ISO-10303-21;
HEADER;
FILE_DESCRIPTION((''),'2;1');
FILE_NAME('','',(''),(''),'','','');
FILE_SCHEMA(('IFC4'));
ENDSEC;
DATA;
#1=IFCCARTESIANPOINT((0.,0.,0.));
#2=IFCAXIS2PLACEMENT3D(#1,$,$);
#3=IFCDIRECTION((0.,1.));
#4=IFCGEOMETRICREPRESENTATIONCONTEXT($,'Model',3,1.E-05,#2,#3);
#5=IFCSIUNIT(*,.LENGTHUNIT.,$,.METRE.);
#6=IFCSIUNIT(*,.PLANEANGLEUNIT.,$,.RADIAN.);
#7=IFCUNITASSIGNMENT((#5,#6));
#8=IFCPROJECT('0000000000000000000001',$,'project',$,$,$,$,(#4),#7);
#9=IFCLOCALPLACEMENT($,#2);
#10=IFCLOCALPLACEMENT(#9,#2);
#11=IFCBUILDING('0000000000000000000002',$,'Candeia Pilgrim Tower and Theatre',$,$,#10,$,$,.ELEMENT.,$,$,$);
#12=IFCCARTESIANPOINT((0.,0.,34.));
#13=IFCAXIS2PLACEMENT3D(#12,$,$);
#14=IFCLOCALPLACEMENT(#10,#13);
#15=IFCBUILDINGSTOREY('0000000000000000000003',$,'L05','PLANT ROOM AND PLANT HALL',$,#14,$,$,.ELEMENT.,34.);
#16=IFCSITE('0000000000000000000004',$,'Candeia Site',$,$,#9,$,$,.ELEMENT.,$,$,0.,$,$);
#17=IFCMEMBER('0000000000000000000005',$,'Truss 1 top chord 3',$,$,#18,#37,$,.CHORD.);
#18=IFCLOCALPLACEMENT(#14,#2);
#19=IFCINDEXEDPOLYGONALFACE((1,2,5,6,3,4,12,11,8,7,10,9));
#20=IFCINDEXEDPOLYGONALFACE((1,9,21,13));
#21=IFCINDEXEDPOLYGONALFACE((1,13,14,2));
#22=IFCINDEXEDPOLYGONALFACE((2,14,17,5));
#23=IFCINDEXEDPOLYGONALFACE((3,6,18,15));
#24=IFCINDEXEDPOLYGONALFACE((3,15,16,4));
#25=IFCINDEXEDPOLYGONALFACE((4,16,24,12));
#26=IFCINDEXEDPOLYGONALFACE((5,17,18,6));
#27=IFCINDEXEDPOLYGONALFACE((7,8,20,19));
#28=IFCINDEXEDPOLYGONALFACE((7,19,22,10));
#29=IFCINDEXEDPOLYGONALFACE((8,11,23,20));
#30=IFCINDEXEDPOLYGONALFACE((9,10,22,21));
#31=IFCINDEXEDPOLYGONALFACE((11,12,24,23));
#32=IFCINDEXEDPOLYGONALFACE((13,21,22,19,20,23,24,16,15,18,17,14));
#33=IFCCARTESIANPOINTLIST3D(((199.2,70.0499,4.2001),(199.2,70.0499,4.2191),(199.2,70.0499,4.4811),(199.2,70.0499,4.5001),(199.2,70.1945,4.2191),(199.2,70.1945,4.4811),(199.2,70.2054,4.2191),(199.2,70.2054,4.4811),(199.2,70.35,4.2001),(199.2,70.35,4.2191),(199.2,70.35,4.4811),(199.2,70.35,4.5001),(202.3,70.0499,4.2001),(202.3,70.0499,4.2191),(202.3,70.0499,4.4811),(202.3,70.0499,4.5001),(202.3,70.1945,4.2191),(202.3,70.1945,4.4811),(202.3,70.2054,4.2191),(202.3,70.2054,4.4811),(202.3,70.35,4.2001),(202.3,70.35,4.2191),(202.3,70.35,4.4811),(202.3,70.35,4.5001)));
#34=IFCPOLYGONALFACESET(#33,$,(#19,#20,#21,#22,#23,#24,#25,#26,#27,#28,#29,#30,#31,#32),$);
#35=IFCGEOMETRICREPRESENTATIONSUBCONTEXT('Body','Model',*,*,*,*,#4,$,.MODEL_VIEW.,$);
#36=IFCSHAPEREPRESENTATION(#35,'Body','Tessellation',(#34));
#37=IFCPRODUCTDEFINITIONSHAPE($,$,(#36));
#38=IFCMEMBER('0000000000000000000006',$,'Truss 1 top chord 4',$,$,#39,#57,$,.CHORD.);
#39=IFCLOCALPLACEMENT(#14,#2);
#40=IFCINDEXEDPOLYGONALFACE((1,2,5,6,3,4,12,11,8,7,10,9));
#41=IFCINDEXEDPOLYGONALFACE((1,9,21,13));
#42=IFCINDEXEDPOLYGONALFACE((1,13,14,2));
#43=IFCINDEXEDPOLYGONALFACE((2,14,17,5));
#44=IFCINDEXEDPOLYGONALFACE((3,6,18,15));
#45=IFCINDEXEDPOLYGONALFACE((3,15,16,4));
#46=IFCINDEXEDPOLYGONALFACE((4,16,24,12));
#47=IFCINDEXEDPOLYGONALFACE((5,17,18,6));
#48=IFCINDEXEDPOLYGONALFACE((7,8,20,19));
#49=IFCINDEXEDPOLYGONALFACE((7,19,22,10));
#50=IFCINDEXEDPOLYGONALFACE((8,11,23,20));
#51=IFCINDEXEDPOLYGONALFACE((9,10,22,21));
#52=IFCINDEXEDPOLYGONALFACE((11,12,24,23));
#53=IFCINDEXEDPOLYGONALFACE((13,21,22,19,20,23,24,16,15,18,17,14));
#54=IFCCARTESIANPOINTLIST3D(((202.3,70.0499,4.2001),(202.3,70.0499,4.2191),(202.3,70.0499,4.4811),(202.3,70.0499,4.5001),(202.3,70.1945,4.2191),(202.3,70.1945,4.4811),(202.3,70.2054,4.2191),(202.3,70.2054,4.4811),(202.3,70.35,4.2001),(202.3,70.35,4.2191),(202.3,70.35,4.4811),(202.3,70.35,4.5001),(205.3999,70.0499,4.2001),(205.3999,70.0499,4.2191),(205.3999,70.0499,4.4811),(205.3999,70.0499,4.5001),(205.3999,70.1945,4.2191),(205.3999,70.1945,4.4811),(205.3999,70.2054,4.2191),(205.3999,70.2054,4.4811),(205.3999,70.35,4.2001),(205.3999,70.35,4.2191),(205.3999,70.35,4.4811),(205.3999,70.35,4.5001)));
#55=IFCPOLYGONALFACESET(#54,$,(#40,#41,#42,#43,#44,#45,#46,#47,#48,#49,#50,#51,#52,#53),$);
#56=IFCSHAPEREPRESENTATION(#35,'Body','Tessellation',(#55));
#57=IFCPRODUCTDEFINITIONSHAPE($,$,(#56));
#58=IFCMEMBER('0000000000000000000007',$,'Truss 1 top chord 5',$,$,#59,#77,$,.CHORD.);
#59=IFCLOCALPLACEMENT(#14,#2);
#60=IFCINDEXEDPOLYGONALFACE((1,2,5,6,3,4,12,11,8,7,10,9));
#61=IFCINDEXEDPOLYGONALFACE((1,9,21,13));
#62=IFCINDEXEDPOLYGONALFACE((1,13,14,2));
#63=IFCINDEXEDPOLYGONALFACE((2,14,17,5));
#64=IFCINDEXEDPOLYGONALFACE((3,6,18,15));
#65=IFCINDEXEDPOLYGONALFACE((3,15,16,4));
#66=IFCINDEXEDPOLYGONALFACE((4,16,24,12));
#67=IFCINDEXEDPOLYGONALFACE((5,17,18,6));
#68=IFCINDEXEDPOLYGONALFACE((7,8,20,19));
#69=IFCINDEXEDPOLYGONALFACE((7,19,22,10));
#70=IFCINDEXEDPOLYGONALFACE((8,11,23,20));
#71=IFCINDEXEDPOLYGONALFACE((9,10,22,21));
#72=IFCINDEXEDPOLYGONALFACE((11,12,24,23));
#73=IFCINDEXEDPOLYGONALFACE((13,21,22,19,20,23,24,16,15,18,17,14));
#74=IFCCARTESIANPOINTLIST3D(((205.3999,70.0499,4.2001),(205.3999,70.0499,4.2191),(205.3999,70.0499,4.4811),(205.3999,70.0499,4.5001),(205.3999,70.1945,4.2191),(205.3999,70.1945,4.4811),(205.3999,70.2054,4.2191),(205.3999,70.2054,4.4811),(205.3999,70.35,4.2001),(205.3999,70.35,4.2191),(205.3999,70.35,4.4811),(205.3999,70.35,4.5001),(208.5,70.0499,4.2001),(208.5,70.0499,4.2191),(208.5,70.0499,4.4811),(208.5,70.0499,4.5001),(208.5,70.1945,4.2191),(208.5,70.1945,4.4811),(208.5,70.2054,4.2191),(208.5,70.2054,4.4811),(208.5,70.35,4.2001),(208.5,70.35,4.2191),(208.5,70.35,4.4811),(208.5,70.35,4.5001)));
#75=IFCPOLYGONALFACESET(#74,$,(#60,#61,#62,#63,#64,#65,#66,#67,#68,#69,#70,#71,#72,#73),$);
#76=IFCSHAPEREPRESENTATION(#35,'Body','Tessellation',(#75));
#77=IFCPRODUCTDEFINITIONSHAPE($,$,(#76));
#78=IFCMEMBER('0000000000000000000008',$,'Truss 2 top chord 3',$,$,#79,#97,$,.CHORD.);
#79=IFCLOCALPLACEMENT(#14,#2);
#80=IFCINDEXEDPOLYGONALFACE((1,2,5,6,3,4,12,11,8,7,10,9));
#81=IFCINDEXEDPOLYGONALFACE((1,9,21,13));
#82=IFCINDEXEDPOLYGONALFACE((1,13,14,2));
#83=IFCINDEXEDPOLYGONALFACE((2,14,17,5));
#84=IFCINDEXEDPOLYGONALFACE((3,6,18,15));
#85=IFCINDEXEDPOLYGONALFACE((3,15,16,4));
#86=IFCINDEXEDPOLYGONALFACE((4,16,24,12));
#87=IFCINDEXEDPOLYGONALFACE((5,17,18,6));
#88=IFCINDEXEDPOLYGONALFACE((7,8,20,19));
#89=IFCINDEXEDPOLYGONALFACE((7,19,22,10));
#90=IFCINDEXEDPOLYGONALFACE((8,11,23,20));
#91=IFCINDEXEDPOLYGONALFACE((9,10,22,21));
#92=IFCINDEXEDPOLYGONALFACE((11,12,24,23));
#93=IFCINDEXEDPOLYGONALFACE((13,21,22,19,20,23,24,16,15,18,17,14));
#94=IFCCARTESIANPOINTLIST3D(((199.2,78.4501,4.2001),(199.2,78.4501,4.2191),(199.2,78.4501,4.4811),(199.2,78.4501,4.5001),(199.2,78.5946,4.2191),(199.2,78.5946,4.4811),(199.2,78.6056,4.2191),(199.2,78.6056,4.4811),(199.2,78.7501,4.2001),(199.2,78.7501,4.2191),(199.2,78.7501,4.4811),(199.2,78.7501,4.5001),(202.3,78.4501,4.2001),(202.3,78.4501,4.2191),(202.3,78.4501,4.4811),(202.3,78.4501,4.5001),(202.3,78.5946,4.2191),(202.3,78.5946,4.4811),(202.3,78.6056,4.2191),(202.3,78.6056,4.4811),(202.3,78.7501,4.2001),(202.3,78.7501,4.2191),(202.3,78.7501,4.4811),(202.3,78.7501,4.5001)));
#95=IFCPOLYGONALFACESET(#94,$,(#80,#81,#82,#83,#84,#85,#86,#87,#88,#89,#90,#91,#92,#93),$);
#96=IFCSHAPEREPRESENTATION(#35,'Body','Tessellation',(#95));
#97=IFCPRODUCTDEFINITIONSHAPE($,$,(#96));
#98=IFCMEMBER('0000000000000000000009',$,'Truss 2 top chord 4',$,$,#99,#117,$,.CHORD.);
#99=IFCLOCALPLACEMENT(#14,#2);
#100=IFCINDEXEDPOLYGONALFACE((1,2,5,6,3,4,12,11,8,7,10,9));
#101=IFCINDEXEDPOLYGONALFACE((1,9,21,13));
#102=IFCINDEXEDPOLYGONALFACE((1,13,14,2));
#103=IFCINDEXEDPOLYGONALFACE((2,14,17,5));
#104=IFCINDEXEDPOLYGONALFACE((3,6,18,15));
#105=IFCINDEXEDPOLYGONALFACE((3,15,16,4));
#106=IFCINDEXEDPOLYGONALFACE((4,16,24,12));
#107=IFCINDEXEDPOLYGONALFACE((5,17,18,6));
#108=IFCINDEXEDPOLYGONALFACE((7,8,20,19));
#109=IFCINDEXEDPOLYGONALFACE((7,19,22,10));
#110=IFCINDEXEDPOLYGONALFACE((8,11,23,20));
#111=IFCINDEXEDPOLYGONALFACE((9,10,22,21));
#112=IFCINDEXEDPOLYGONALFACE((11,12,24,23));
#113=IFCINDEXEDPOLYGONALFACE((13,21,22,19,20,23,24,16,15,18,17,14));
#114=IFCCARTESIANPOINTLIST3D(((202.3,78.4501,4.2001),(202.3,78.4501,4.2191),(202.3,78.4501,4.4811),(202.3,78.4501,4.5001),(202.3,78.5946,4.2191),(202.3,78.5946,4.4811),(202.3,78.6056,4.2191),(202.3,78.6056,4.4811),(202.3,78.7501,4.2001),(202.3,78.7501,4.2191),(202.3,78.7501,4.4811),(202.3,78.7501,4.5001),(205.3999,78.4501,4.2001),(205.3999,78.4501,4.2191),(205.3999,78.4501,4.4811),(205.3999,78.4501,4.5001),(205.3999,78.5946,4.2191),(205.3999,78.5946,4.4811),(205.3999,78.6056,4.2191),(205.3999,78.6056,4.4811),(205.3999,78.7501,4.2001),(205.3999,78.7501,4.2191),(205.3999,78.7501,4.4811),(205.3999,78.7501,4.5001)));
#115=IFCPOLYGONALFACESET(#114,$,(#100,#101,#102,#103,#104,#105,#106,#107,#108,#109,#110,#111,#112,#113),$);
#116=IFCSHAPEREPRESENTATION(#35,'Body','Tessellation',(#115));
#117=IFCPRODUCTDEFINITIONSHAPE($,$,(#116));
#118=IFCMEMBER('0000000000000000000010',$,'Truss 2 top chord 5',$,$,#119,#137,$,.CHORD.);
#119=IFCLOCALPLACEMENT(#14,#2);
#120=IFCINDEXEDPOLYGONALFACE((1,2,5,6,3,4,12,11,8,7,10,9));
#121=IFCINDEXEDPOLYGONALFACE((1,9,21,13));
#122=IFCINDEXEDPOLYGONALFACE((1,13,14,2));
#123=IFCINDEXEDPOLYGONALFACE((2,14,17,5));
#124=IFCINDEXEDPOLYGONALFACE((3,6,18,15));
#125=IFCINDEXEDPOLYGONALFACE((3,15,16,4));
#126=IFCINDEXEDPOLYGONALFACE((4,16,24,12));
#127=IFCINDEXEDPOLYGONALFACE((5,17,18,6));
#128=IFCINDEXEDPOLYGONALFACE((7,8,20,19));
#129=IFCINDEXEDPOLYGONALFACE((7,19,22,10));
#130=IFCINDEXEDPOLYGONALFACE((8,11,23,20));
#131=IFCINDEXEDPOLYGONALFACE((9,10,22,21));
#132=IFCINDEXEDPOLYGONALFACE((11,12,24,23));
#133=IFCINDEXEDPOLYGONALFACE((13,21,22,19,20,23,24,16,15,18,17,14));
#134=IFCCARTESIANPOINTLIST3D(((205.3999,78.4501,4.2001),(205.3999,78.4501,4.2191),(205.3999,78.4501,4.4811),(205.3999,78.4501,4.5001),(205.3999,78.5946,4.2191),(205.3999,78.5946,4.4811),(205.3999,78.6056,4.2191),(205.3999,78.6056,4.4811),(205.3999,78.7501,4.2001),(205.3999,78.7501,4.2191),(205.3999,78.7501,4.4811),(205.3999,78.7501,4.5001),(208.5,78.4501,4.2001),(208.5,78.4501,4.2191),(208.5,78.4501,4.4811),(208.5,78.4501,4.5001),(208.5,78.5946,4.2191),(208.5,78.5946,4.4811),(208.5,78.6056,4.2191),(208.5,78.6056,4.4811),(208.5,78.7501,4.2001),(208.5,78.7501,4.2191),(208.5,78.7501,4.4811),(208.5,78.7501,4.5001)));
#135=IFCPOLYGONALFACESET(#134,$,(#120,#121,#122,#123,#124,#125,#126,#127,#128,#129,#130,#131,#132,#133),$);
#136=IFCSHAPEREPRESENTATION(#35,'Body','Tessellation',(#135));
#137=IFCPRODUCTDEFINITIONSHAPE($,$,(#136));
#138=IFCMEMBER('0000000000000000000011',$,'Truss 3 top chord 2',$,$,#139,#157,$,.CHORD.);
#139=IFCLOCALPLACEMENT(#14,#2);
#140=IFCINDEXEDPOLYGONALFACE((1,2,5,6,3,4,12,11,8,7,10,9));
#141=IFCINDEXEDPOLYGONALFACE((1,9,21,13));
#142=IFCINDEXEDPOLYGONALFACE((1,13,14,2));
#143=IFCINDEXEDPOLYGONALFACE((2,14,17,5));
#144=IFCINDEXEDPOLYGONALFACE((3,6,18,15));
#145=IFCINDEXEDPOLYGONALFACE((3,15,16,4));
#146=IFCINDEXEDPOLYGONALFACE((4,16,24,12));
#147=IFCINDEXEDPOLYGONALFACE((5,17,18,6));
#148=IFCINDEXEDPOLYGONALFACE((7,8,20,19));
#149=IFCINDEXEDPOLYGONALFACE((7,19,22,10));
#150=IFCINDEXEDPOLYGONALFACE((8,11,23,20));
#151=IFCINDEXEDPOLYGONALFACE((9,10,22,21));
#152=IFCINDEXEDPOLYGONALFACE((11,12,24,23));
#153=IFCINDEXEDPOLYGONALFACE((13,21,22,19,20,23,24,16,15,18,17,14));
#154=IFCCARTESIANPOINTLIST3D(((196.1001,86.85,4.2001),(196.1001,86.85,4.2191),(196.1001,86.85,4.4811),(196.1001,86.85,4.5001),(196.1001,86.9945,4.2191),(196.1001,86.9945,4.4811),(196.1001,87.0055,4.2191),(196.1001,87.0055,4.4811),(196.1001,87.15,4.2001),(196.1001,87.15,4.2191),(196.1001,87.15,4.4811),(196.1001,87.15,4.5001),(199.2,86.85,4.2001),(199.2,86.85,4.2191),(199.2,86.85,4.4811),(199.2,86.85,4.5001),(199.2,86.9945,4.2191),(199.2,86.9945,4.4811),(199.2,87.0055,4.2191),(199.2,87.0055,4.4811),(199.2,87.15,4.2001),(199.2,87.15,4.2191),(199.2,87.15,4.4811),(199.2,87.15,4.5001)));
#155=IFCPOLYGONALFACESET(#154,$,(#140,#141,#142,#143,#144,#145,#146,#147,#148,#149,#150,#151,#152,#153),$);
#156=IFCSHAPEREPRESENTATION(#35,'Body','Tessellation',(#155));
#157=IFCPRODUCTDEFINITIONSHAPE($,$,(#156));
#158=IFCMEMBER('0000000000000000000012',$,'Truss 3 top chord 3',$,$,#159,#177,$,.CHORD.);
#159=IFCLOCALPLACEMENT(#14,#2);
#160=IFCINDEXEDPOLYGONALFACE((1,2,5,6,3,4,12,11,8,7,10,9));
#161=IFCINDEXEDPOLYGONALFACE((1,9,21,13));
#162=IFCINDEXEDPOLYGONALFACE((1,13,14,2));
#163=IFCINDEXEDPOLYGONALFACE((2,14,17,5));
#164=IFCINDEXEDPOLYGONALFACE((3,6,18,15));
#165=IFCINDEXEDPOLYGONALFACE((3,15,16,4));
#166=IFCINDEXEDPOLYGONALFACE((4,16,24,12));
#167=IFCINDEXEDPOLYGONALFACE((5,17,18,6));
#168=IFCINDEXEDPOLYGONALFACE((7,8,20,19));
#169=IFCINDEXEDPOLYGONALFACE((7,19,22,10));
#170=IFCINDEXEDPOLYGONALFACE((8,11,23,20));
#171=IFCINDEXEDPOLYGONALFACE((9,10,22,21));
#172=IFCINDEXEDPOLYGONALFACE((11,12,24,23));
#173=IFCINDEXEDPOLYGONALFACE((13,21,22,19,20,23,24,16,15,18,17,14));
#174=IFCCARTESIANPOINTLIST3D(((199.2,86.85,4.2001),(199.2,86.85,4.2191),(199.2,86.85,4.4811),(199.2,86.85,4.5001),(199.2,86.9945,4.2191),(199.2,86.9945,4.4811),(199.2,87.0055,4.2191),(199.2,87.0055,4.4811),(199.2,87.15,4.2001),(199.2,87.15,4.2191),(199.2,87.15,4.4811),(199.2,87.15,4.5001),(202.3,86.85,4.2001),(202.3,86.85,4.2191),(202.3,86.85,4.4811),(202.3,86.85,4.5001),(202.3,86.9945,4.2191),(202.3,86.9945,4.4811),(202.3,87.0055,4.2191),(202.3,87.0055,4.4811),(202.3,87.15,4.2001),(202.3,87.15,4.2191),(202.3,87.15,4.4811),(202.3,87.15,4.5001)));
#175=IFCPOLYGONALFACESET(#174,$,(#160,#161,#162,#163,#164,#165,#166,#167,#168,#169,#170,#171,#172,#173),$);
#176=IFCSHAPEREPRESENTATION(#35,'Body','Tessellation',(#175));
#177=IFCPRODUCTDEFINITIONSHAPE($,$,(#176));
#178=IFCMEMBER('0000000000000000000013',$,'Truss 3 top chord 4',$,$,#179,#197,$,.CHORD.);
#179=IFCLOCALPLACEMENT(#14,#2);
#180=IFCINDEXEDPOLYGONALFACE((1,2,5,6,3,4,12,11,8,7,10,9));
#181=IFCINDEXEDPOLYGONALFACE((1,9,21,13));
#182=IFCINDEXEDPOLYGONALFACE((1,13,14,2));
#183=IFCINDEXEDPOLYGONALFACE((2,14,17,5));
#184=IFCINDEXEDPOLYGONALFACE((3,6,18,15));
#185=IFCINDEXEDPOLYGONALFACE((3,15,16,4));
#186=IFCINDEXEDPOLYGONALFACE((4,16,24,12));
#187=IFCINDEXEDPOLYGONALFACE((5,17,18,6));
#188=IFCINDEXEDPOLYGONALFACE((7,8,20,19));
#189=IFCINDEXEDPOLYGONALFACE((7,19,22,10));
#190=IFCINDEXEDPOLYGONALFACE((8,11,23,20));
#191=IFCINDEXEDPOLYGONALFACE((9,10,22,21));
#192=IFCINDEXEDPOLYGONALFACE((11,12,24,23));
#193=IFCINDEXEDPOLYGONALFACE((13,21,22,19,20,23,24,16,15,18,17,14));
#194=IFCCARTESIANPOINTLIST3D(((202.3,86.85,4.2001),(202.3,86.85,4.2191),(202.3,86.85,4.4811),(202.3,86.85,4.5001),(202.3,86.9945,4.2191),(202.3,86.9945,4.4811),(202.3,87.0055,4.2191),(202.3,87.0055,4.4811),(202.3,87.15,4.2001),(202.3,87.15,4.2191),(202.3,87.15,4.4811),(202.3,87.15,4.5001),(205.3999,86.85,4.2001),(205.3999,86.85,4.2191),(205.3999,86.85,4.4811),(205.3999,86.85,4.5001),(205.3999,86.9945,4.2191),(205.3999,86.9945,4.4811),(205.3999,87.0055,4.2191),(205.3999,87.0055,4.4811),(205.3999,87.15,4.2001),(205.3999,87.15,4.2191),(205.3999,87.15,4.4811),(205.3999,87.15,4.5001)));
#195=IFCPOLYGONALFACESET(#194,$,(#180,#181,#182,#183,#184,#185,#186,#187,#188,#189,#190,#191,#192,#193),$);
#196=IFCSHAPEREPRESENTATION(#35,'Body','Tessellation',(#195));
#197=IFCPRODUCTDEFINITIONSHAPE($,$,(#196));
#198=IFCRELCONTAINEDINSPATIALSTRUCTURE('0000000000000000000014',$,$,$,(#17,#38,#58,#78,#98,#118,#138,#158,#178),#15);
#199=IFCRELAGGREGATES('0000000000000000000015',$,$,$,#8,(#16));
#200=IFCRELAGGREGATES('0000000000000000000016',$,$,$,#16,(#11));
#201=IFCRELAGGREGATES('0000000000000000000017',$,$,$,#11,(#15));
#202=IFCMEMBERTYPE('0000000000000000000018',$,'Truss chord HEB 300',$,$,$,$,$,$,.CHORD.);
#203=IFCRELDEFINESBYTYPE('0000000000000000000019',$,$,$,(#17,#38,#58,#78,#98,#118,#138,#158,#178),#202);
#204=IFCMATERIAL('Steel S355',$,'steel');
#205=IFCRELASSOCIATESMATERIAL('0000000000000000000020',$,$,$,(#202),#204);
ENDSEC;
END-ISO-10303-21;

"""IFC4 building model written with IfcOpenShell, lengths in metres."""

from ifc_helpers import new_model, si_unit, direction, frame, origin, origin_2d, place, context, subcontext, project, spatial, i_section, extrude, material, material_profile, profile_set, type_object, element, save


model = new_model("IFC4")

# Units and contexts
model_context = context("Model", 3, precision=1e-05, world=origin(), true_north=direction((0.0, 1.0)))
body_context = subcontext(model_context, "Body", "Model", "MODEL_VIEW")
ifc_project = project(units=[si_unit("LENGTHUNIT", "METRE"), si_unit("PLANEANGLEUNIT", "RADIAN")], contexts=[model_context])

# Site, building, storey
site_placement = place(None, origin())
site = spatial("IfcSite", under=ifc_project, at=site_placement, Name="Candeia Site", CompositionType="ELEMENT", RefElevation=0.0)
building_placement = place(site_placement, origin())
building = spatial("IfcBuilding", under=site, at=building_placement, Name="Candeia Pilgrim Tower and Theatre", CompositionType="ELEMENT")
storey_placement = place(building_placement, frame((0.0, 0.0, 34.0)))
storey = spatial("IfcBuildingStorey", under=building, at=storey_placement, Name="L05", Description="PLANT ROOM AND PLANT HALL", CompositionType="ELEMENT", Elevation=34.0)

# Members
ifc_material = material(Name="Steel S355", Category="steel")
ifc_material_profile_1 = material_profile(ifc_material, i_section(OverallWidth=0.3, OverallDepth=0.3, WebThickness=0.011, FlangeThickness=0.019, at=origin_2d()))
ifc_profile_set_1 = profile_set([ifc_material_profile_1], Name="Steel S355")
member_type_1 = type_object("IfcMemberType", Name="Truss chord HEB 300", PredefinedType="CHORD", material=ifc_profile_set_1)
member_1_placement = place(storey_placement, frame((199.2, 70.2, 4.3501), z_axis=(1.0, 0.0, 0.0), x_axis=(0.0, 1.0, 0.0)))
element("IfcMember", 1, at=member_1_placement, inside=storey, type_object=member_type_1, Name="Truss 1 top chord 3", PredefinedType="CHORD", context=body_context, shape_type="SweptSolid", body=[
    extrude(i_section(OverallWidth=0.3, OverallDepth=0.3, WebThickness=0.011, FlangeThickness=0.019, at=origin_2d()), origin(), (0.0, 0.0, 1.0), 3.1001),
])
member_2_placement = place(storey_placement, frame((202.3, 70.2, 4.3501), z_axis=(1.0, 0.0, 0.0), x_axis=(0.0, 1.0, 0.0)))
element("IfcMember", 2, at=member_2_placement, inside=storey, type_object=member_type_1, Name="Truss 1 top chord 4", PredefinedType="CHORD", context=body_context, shape_type="SweptSolid", body=[
    extrude(i_section(OverallWidth=0.3, OverallDepth=0.3, WebThickness=0.011, FlangeThickness=0.019, at=origin_2d()), origin(), (0.0, 0.0, 1.0), 3.0999),
])
for number, where, z_axis, x_axis, name in (
    (3, (205.3999, 70.2, 4.3501), (1.0, 0.0, 0.0), (0.0, 1.0, 0.0), "Truss 1 top chord 5"),
    (4, (199.2, 78.6001, 4.3501), (1.0, 0.0, 0.0), (0.0, 1.0, 0.0), "Truss 2 top chord 3"),
):
    element("IfcMember", number, at=place(storey_placement, frame(where, z_axis=z_axis, x_axis=x_axis)), inside=storey, type_object=member_type_1, Name=name, PredefinedType="CHORD", context=body_context, shape_type="SweptSolid", body=[
        extrude(i_section(OverallWidth=0.3, OverallDepth=0.3, WebThickness=0.011, FlangeThickness=0.019, at=origin_2d()), origin(), (0.0, 0.0, 1.0), 3.1001),
    ])
member_3_placement = place(storey_placement, frame((202.3, 78.6001, 4.3501), z_axis=(1.0, 0.0, 0.0), x_axis=(0.0, 1.0, 0.0)))
element("IfcMember", 5, at=member_3_placement, inside=storey, type_object=member_type_1, Name="Truss 2 top chord 4", PredefinedType="CHORD", context=body_context, shape_type="SweptSolid", body=[
    extrude(i_section(OverallWidth=0.3, OverallDepth=0.3, WebThickness=0.011, FlangeThickness=0.019, at=origin_2d()), origin(), (0.0, 0.0, 1.0), 3.0999),
])
member_4_placement = place(storey_placement, frame((205.3999, 78.6001, 4.3501), z_axis=(1.0, 0.0, 0.0), x_axis=(0.0, 1.0, 0.0)))
element("IfcMember", 6, at=member_4_placement, inside=storey, type_object=member_type_1, Name="Truss 2 top chord 5", PredefinedType="CHORD", context=body_context, shape_type="SweptSolid", body=[
    extrude(i_section(OverallWidth=0.3, OverallDepth=0.3, WebThickness=0.011, FlangeThickness=0.019, at=origin_2d()), origin(), (0.0, 0.0, 1.0), 3.1001),
])
member_5_placement = place(storey_placement, frame((196.1001, 87.0, 4.3501), z_axis=(1.0, 0.0, 0.0), x_axis=(0.0, 1.0, 0.0)))
element("IfcMember", 7, at=member_5_placement, inside=storey, type_object=member_type_1, Name="Truss 3 top chord 2", PredefinedType="CHORD", context=body_context, shape_type="SweptSolid", body=[
    extrude(i_section(OverallWidth=0.3, OverallDepth=0.3, WebThickness=0.011, FlangeThickness=0.019, at=origin_2d()), origin(), (0.0, 0.0, 1.0), 3.0999),
])
member_6_placement = place(storey_placement, frame((199.2, 87.0, 4.3501), z_axis=(1.0, 0.0, 0.0), x_axis=(0.0, 1.0, 0.0)))
element("IfcMember", 8, at=member_6_placement, inside=storey, type_object=member_type_1, Name="Truss 3 top chord 3", PredefinedType="CHORD", context=body_context, shape_type="SweptSolid", body=[
    extrude(i_section(OverallWidth=0.3, OverallDepth=0.3, WebThickness=0.011, FlangeThickness=0.019, at=origin_2d()), origin(), (0.0, 0.0, 1.0), 3.1001),
])
member_7_placement = place(storey_placement, frame((202.3, 87.0, 4.3501), z_axis=(1.0, 0.0, 0.0), x_axis=(0.0, 1.0, 0.0)))
element("IfcMember", 9, at=member_7_placement, inside=storey, type_object=member_type_1, Name="Truss 3 top chord 4", PredefinedType="CHORD", context=body_context, shape_type="SweptSolid", body=[
    extrude(i_section(OverallWidth=0.3, OverallDepth=0.3, WebThickness=0.011, FlangeThickness=0.019, at=origin_2d()), origin(), (0.0, 0.0, 1.0), 3.0999),
])

save(model, "model.ifc")
